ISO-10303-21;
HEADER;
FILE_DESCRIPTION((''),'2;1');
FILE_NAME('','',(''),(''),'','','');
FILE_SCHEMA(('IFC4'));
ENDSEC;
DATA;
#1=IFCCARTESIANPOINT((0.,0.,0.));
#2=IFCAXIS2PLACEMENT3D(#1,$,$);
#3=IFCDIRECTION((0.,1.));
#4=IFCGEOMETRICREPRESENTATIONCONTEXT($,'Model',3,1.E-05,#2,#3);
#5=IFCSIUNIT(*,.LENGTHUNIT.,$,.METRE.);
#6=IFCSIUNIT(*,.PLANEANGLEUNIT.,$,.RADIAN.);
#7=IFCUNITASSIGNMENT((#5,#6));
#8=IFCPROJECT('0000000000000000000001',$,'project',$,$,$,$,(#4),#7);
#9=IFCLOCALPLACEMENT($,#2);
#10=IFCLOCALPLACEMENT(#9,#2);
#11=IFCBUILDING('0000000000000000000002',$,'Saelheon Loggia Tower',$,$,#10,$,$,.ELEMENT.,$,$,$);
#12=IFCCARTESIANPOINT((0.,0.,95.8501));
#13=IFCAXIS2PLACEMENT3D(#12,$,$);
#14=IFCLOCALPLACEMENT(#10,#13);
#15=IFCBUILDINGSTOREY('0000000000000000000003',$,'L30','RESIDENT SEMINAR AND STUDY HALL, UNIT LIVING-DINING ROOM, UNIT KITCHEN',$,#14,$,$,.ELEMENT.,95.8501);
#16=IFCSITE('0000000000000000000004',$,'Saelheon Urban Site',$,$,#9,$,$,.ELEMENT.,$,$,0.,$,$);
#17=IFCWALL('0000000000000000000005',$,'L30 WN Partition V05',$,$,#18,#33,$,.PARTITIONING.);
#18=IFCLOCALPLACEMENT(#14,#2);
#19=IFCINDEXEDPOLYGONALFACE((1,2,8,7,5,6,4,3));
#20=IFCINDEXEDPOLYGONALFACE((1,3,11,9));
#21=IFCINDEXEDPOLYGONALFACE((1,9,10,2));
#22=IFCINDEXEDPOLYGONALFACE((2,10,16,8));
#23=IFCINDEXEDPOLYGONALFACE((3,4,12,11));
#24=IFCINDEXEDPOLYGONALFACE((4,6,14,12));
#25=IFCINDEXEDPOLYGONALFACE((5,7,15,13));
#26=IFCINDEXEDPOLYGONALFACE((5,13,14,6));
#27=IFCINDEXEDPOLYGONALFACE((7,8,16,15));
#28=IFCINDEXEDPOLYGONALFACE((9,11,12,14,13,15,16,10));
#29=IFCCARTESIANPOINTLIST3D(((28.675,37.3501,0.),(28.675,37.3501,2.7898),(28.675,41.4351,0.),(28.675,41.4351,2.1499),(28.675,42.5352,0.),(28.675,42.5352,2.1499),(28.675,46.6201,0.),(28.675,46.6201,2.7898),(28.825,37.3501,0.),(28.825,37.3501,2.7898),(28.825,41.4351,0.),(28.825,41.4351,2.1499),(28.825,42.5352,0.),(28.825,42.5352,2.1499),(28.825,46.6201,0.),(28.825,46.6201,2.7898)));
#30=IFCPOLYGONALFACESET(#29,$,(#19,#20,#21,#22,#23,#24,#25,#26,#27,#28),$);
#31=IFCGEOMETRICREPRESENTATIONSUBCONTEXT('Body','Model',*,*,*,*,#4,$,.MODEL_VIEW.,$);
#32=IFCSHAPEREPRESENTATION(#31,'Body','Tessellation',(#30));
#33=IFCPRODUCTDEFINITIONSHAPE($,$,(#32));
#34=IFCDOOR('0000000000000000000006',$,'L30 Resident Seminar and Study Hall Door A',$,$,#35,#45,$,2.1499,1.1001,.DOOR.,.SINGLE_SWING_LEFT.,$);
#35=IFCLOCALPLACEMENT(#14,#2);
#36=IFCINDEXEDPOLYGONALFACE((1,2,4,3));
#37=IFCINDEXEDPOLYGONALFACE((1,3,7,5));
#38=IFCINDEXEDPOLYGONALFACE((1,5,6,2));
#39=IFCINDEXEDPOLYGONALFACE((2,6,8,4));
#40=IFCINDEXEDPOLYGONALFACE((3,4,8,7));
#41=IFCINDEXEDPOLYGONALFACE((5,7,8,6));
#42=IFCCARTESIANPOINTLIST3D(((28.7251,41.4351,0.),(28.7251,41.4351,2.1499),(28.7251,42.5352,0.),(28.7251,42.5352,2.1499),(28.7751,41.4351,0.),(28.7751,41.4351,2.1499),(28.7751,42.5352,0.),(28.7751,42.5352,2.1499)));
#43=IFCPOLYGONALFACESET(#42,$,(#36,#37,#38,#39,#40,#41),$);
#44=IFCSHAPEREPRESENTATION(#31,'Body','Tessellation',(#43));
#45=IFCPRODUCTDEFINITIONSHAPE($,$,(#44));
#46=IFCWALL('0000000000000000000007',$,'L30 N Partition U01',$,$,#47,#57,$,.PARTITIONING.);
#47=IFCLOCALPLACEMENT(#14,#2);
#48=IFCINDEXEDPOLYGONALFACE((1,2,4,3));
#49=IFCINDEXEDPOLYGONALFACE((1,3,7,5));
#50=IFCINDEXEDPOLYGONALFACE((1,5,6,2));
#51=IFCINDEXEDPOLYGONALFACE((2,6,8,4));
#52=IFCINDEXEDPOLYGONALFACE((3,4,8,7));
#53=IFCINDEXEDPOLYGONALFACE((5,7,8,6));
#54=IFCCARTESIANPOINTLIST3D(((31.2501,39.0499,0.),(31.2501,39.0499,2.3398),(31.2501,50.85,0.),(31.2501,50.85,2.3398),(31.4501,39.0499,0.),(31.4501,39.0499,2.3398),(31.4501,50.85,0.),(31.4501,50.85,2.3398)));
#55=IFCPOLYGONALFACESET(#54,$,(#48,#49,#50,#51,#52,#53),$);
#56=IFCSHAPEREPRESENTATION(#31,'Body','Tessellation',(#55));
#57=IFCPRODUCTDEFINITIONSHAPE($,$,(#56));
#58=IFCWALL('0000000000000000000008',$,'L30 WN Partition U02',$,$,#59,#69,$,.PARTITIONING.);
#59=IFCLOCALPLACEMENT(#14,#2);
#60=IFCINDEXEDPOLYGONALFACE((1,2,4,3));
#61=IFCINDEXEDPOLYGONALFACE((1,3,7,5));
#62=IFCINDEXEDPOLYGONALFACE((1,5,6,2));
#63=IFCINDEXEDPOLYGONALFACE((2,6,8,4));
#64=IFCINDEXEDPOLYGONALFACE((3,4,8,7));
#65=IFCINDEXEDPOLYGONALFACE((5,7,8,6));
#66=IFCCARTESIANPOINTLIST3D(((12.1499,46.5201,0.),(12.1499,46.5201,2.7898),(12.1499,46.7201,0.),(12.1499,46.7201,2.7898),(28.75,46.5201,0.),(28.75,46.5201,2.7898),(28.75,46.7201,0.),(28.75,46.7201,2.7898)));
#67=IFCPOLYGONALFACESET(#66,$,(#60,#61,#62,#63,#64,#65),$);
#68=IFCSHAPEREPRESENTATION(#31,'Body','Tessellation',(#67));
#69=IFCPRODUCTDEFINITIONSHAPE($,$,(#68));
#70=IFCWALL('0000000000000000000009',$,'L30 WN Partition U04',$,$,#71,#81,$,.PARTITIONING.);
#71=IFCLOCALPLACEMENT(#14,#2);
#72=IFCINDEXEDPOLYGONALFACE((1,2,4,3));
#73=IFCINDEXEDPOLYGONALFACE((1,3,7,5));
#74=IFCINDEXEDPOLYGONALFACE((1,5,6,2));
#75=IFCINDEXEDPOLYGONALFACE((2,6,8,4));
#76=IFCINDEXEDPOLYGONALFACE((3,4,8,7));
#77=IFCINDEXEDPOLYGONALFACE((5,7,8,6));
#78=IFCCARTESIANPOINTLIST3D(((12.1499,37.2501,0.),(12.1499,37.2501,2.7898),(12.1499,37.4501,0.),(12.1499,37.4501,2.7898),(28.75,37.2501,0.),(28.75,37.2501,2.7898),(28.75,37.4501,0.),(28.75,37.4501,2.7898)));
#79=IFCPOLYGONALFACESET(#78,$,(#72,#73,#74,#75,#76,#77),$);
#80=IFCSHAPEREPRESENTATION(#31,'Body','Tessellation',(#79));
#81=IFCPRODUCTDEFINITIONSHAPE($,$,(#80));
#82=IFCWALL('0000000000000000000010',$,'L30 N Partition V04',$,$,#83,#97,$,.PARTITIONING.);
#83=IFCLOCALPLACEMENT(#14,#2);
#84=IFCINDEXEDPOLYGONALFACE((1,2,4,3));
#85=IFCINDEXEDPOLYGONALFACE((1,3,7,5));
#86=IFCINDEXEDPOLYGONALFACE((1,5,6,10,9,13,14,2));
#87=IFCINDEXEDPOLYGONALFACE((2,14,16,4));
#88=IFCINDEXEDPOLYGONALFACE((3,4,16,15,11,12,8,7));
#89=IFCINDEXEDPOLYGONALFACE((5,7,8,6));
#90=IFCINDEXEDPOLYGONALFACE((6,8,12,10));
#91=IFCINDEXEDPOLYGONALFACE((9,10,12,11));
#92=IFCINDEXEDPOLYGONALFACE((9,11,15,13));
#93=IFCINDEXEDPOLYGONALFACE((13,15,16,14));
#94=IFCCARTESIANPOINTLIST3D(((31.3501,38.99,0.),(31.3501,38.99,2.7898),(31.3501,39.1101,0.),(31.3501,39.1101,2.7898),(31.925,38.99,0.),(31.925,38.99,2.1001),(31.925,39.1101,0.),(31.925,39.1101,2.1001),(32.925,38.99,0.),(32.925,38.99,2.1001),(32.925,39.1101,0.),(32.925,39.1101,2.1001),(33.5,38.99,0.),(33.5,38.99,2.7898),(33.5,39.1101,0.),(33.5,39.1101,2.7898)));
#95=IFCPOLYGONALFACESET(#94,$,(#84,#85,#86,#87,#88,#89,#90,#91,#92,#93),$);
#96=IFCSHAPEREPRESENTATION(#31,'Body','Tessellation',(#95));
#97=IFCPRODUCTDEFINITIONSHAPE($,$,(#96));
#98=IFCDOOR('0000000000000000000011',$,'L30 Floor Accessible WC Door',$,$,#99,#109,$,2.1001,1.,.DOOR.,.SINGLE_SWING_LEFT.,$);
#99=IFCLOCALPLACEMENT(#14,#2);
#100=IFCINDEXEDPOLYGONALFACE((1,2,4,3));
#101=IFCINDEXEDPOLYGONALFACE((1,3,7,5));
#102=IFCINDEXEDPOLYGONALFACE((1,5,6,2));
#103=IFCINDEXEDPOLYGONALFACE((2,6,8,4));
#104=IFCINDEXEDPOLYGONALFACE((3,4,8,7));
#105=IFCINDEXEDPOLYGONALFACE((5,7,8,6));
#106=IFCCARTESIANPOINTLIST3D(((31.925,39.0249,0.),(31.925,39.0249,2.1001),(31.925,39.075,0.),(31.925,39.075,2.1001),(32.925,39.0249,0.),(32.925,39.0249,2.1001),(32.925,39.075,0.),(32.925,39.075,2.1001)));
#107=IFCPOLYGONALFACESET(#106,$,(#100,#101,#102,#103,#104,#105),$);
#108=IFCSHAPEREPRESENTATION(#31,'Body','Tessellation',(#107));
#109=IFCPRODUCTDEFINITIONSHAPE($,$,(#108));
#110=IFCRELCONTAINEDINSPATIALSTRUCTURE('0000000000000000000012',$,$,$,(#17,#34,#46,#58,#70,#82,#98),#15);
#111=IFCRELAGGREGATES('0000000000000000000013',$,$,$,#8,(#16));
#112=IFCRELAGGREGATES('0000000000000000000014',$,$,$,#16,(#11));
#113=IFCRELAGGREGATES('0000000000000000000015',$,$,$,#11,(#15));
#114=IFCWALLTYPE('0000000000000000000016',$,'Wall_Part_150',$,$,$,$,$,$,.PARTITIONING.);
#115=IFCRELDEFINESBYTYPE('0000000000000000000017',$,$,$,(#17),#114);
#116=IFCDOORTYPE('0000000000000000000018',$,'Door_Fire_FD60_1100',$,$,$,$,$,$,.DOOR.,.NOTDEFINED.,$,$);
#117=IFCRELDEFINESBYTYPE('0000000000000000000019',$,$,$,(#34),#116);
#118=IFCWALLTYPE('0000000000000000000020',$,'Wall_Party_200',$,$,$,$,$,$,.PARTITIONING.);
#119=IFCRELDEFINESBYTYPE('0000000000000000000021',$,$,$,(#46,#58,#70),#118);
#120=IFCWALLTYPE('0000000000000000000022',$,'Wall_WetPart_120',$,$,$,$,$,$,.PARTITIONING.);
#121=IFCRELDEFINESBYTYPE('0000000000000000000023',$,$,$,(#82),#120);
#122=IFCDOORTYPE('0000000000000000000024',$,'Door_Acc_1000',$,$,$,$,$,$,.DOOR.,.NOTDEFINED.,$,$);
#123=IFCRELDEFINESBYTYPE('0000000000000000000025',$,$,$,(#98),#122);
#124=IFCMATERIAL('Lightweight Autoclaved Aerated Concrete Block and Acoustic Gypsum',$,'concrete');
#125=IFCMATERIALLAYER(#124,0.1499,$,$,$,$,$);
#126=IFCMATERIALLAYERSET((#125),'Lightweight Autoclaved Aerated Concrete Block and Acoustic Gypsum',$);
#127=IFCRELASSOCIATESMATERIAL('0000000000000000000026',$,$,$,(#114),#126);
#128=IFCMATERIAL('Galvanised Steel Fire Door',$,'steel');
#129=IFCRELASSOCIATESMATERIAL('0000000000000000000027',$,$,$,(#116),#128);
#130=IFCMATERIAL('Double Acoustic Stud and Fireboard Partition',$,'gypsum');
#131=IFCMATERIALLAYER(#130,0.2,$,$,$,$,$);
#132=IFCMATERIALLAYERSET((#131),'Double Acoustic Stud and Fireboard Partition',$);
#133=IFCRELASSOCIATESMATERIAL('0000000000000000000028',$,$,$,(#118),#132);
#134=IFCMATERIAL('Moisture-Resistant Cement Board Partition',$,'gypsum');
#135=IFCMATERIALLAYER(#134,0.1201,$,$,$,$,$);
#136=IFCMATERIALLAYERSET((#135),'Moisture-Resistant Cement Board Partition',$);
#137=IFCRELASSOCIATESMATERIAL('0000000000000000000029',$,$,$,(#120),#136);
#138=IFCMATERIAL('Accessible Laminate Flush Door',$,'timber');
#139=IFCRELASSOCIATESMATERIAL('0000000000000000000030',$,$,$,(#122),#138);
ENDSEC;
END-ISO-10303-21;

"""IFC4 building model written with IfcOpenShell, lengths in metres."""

from ifc_helpers import new_model, si_unit, direction, frame, frame_2d, origin, place, context, subcontext, project, spatial, rectangle, extrude, source, transform, mapped, material, layer, layer_set, type_object, element, fill, save


model = new_model("IFC4")

# Units and contexts
model_context = context("Model", 3, precision=1e-05, world=origin(), true_north=direction((0.0, 1.0)))
body_context = subcontext(model_context, "Body", "Model", "MODEL_VIEW")
ifc_project = project(units=[si_unit("LENGTHUNIT", "METRE"), si_unit("PLANEANGLEUNIT", "RADIAN")], contexts=[model_context])

# Site, building, storey
site_placement = place(None, origin())
site = spatial("IfcSite", under=ifc_project, at=site_placement, Name="Saelheon Urban Site", CompositionType="ELEMENT", RefElevation=0.0)
building_placement = place(site_placement, origin())
building = spatial("IfcBuilding", under=site, at=building_placement, Name="Saelheon Loggia Tower", CompositionType="ELEMENT")
storey_placement = place(building_placement, frame((0.0, 0.0, 95.8501)))
storey = spatial("IfcBuildingStorey", under=building, at=storey_placement, Name="L30", Description="RESIDENT SEMINAR AND STUDY HALL, UNIT LIVING-DINING ROOM, UNIT KITCHEN", CompositionType="ELEMENT", Elevation=95.8501)

# Shared definitions
shared_shape_1 = source(origin(), body_context, "Body", "SweptSolid", [
    extrude(rectangle(XDim=1.1001, YDim=2.1499, at=frame_2d((0.55, 1.075))), frame((0.0, 0.0249, 0.0), z_axis=(0.0, -1.0, 0.0), x_axis=(1.0, 0.0, 0.0)), (0.0, 0.0, 1.0), 0.05),
])

# Wall, opening, door
ifc_material_1 = material(Name="Lightweight Autoclaved Aerated Concrete Block and Acoustic Gypsum", Category="concrete")
ifc_layer_1 = layer(ifc_material_1, 0.1499)
ifc_layer_set_1 = layer_set([ifc_layer_1], Name="Lightweight Autoclaved Aerated Concrete Block and Acoustic Gypsum")
wall_type_1 = type_object("IfcWallType", Name="Wall_Part_150", PredefinedType="PARTITIONING", material=ifc_layer_set_1)
wall_1_placement = place(storey_placement, frame((28.75, 37.3501, 0.0), z_axis=(0.0, 0.0, 1.0), x_axis=(0.0, 1.0, 0.0)))
wall_1 = element("IfcWall", 1, at=wall_1_placement, inside=storey, type_object=wall_type_1, Name="L30 WN Partition V05", PredefinedType="PARTITIONING", context=body_context, shape_type="SweptSolid", body=[
    extrude(rectangle(XDim=9.27, YDim=0.1499, at=frame_2d((4.635, 0.0))), origin(), (0.0, 0.0, 1.0), 2.7898),
])
opening_1_placement = place(wall_1_placement, frame((4.085, 0.0, 0.0)))
opening_1 = element("IfcOpeningElement", 2, at=opening_1_placement, cuts=wall_1, PredefinedType="OPENING", context=body_context, shape_type="SweptSolid", body=[
    extrude(rectangle(XDim=1.1001, YDim=2.1499, at=frame_2d((0.55, 1.075))), frame((0.0, 0.0869, 0.0), z_axis=(0.0, -1.0, 0.0), x_axis=(1.0, 0.0, 0.0)), (0.0, 0.0, 1.0), 0.1738),
])
ifc_material_2 = material(Name="Galvanised Steel Fire Door", Category="steel")
door_type_1 = type_object("IfcDoorType", Name="Door_Fire_FD60_1100", OperationType="NOTDEFINED", PredefinedType="DOOR", material=ifc_material_2)
door_1_placement = place(opening_1_placement, origin())
door_1 = element("IfcDoor", 3, at=door_1_placement, inside=storey, type_object=door_type_1, Name="L30 Resident Seminar and Study Hall Door A", OperationType="SINGLE_SWING_LEFT", OverallHeight=2.1499, OverallWidth=1.1001, PredefinedType="DOOR", context=body_context, shape_type="MappedRepresentation", body=[
    mapped(shared_shape_1, transform((0.0, 0.0, 0.0), scale=1.0)),
])
fill(opening_1, door_1)

# Walls
ifc_material_3 = material(Name="Double Acoustic Stud and Fireboard Partition", Category="gypsum")
ifc_layer_2 = layer(ifc_material_3, 0.2)
ifc_layer_set_2 = layer_set([ifc_layer_2], Name="Double Acoustic Stud and Fireboard Partition")
wall_type_2 = type_object("IfcWallType", Name="Wall_Party_200", PredefinedType="PARTITIONING", material=ifc_layer_set_2)
wall_2_placement = place(storey_placement, frame((31.3501, 39.05, 0.0), z_axis=(0.0, 0.0, 1.0), x_axis=(0.0, 1.0, 0.0)))
element("IfcWall", 4, at=wall_2_placement, inside=storey, type_object=wall_type_2, Name="L30 N Partition U01", PredefinedType="PARTITIONING", context=body_context, shape_type="SweptSolid", body=[
    extrude(rectangle(XDim=11.8, YDim=0.2, at=frame_2d((5.8999, 0.0))), origin(), (0.0, 0.0, 1.0), 2.3398),
])
for number, where, z_axis, x_axis, name in (
    (5, (28.75, 46.6201, 0.0), (0.0, 0.0, 1.0), (-1.0, 0.0, 0.0), "L30 WN Partition U02"),
    (6, (28.75, 37.3501, 0.0), (0.0, 0.0, 1.0), (-1.0, 0.0, 0.0), "L30 WN Partition U04"),
):
    element("IfcWall", number, at=place(storey_placement, frame(where, z_axis=z_axis, x_axis=x_axis)), inside=storey, type_object=wall_type_2, Name=name, PredefinedType="PARTITIONING", context=body_context, shape_type="SweptSolid", body=[
        extrude(rectangle(XDim=16.6001, YDim=0.2, at=frame_2d((8.3, 0.0))), origin(), (0.0, 0.0, 1.0), 2.7898),
    ])

# Wall, opening, door
ifc_material_4 = material(Name="Moisture-Resistant Cement Board Partition", Category="gypsum")
ifc_layer_3 = layer(ifc_material_4, 0.1201)
ifc_layer_set_3 = layer_set([ifc_layer_3], Name="Moisture-Resistant Cement Board Partition")
wall_type_3 = type_object("IfcWallType", Name="Wall_WetPart_120", PredefinedType="PARTITIONING", material=ifc_layer_set_3)
wall_3_placement = place(storey_placement, frame((31.3501, 39.05, 0.0), z_axis=(0.0, 0.0, 1.0), x_axis=(1.0, 0.0, 0.0)))
wall_3 = element("IfcWall", 7, at=wall_3_placement, inside=storey, type_object=wall_type_3, Name="L30 N Partition V04", PredefinedType="PARTITIONING", context=body_context, shape_type="SweptSolid", body=[
    extrude(rectangle(XDim=2.1499, YDim=0.1201, at=frame_2d((1.075, 0.0))), origin(), (0.0, 0.0, 1.0), 2.7898),
])
opening_2_placement = place(wall_3_placement, frame((0.575, 0.0, 0.0)))
opening_2 = element("IfcOpeningElement", 8, at=opening_2_placement, cuts=wall_3, PredefinedType="OPENING", context=body_context, shape_type="SweptSolid", body=[
    extrude(rectangle(XDim=1.0, YDim=2.1001, at=frame_2d((0.5, 1.05))), frame((0.0, 0.072, 0.0), z_axis=(0.0, -1.0, 0.0), x_axis=(1.0, 0.0, 0.0)), (0.0, 0.0, 1.0), 0.144),
])
ifc_material_5 = material(Name="Accessible Laminate Flush Door", Category="timber")
door_type_2 = type_object("IfcDoorType", Name="Door_Acc_1000", OperationType="NOTDEFINED", PredefinedType="DOOR", material=ifc_material_5)
shared_shape_2 = source(origin(), body_context, "Body", "SweptSolid", [
    extrude(rectangle(XDim=1.0, YDim=2.1001, at=frame_2d((0.5, 1.05))), frame((0.0, 0.0249, 0.0), z_axis=(0.0, -1.0, 0.0), x_axis=(1.0, 0.0, 0.0)), (0.0, 0.0, 1.0), 0.05),
])
door_2_placement = place(opening_2_placement, origin())
door_2 = element("IfcDoor", 9, at=door_2_placement, inside=storey, type_object=door_type_2, Name="L30 Floor Accessible WC Door", OperationType="SINGLE_SWING_LEFT", OverallHeight=2.1001, OverallWidth=1.0, PredefinedType="DOOR", context=body_context, shape_type="MappedRepresentation", body=[
    mapped(shared_shape_2, transform((0.0, 0.0, 0.0), scale=1.0)),
])
fill(opening_2, door_2)

save(model, "model.ifc")
